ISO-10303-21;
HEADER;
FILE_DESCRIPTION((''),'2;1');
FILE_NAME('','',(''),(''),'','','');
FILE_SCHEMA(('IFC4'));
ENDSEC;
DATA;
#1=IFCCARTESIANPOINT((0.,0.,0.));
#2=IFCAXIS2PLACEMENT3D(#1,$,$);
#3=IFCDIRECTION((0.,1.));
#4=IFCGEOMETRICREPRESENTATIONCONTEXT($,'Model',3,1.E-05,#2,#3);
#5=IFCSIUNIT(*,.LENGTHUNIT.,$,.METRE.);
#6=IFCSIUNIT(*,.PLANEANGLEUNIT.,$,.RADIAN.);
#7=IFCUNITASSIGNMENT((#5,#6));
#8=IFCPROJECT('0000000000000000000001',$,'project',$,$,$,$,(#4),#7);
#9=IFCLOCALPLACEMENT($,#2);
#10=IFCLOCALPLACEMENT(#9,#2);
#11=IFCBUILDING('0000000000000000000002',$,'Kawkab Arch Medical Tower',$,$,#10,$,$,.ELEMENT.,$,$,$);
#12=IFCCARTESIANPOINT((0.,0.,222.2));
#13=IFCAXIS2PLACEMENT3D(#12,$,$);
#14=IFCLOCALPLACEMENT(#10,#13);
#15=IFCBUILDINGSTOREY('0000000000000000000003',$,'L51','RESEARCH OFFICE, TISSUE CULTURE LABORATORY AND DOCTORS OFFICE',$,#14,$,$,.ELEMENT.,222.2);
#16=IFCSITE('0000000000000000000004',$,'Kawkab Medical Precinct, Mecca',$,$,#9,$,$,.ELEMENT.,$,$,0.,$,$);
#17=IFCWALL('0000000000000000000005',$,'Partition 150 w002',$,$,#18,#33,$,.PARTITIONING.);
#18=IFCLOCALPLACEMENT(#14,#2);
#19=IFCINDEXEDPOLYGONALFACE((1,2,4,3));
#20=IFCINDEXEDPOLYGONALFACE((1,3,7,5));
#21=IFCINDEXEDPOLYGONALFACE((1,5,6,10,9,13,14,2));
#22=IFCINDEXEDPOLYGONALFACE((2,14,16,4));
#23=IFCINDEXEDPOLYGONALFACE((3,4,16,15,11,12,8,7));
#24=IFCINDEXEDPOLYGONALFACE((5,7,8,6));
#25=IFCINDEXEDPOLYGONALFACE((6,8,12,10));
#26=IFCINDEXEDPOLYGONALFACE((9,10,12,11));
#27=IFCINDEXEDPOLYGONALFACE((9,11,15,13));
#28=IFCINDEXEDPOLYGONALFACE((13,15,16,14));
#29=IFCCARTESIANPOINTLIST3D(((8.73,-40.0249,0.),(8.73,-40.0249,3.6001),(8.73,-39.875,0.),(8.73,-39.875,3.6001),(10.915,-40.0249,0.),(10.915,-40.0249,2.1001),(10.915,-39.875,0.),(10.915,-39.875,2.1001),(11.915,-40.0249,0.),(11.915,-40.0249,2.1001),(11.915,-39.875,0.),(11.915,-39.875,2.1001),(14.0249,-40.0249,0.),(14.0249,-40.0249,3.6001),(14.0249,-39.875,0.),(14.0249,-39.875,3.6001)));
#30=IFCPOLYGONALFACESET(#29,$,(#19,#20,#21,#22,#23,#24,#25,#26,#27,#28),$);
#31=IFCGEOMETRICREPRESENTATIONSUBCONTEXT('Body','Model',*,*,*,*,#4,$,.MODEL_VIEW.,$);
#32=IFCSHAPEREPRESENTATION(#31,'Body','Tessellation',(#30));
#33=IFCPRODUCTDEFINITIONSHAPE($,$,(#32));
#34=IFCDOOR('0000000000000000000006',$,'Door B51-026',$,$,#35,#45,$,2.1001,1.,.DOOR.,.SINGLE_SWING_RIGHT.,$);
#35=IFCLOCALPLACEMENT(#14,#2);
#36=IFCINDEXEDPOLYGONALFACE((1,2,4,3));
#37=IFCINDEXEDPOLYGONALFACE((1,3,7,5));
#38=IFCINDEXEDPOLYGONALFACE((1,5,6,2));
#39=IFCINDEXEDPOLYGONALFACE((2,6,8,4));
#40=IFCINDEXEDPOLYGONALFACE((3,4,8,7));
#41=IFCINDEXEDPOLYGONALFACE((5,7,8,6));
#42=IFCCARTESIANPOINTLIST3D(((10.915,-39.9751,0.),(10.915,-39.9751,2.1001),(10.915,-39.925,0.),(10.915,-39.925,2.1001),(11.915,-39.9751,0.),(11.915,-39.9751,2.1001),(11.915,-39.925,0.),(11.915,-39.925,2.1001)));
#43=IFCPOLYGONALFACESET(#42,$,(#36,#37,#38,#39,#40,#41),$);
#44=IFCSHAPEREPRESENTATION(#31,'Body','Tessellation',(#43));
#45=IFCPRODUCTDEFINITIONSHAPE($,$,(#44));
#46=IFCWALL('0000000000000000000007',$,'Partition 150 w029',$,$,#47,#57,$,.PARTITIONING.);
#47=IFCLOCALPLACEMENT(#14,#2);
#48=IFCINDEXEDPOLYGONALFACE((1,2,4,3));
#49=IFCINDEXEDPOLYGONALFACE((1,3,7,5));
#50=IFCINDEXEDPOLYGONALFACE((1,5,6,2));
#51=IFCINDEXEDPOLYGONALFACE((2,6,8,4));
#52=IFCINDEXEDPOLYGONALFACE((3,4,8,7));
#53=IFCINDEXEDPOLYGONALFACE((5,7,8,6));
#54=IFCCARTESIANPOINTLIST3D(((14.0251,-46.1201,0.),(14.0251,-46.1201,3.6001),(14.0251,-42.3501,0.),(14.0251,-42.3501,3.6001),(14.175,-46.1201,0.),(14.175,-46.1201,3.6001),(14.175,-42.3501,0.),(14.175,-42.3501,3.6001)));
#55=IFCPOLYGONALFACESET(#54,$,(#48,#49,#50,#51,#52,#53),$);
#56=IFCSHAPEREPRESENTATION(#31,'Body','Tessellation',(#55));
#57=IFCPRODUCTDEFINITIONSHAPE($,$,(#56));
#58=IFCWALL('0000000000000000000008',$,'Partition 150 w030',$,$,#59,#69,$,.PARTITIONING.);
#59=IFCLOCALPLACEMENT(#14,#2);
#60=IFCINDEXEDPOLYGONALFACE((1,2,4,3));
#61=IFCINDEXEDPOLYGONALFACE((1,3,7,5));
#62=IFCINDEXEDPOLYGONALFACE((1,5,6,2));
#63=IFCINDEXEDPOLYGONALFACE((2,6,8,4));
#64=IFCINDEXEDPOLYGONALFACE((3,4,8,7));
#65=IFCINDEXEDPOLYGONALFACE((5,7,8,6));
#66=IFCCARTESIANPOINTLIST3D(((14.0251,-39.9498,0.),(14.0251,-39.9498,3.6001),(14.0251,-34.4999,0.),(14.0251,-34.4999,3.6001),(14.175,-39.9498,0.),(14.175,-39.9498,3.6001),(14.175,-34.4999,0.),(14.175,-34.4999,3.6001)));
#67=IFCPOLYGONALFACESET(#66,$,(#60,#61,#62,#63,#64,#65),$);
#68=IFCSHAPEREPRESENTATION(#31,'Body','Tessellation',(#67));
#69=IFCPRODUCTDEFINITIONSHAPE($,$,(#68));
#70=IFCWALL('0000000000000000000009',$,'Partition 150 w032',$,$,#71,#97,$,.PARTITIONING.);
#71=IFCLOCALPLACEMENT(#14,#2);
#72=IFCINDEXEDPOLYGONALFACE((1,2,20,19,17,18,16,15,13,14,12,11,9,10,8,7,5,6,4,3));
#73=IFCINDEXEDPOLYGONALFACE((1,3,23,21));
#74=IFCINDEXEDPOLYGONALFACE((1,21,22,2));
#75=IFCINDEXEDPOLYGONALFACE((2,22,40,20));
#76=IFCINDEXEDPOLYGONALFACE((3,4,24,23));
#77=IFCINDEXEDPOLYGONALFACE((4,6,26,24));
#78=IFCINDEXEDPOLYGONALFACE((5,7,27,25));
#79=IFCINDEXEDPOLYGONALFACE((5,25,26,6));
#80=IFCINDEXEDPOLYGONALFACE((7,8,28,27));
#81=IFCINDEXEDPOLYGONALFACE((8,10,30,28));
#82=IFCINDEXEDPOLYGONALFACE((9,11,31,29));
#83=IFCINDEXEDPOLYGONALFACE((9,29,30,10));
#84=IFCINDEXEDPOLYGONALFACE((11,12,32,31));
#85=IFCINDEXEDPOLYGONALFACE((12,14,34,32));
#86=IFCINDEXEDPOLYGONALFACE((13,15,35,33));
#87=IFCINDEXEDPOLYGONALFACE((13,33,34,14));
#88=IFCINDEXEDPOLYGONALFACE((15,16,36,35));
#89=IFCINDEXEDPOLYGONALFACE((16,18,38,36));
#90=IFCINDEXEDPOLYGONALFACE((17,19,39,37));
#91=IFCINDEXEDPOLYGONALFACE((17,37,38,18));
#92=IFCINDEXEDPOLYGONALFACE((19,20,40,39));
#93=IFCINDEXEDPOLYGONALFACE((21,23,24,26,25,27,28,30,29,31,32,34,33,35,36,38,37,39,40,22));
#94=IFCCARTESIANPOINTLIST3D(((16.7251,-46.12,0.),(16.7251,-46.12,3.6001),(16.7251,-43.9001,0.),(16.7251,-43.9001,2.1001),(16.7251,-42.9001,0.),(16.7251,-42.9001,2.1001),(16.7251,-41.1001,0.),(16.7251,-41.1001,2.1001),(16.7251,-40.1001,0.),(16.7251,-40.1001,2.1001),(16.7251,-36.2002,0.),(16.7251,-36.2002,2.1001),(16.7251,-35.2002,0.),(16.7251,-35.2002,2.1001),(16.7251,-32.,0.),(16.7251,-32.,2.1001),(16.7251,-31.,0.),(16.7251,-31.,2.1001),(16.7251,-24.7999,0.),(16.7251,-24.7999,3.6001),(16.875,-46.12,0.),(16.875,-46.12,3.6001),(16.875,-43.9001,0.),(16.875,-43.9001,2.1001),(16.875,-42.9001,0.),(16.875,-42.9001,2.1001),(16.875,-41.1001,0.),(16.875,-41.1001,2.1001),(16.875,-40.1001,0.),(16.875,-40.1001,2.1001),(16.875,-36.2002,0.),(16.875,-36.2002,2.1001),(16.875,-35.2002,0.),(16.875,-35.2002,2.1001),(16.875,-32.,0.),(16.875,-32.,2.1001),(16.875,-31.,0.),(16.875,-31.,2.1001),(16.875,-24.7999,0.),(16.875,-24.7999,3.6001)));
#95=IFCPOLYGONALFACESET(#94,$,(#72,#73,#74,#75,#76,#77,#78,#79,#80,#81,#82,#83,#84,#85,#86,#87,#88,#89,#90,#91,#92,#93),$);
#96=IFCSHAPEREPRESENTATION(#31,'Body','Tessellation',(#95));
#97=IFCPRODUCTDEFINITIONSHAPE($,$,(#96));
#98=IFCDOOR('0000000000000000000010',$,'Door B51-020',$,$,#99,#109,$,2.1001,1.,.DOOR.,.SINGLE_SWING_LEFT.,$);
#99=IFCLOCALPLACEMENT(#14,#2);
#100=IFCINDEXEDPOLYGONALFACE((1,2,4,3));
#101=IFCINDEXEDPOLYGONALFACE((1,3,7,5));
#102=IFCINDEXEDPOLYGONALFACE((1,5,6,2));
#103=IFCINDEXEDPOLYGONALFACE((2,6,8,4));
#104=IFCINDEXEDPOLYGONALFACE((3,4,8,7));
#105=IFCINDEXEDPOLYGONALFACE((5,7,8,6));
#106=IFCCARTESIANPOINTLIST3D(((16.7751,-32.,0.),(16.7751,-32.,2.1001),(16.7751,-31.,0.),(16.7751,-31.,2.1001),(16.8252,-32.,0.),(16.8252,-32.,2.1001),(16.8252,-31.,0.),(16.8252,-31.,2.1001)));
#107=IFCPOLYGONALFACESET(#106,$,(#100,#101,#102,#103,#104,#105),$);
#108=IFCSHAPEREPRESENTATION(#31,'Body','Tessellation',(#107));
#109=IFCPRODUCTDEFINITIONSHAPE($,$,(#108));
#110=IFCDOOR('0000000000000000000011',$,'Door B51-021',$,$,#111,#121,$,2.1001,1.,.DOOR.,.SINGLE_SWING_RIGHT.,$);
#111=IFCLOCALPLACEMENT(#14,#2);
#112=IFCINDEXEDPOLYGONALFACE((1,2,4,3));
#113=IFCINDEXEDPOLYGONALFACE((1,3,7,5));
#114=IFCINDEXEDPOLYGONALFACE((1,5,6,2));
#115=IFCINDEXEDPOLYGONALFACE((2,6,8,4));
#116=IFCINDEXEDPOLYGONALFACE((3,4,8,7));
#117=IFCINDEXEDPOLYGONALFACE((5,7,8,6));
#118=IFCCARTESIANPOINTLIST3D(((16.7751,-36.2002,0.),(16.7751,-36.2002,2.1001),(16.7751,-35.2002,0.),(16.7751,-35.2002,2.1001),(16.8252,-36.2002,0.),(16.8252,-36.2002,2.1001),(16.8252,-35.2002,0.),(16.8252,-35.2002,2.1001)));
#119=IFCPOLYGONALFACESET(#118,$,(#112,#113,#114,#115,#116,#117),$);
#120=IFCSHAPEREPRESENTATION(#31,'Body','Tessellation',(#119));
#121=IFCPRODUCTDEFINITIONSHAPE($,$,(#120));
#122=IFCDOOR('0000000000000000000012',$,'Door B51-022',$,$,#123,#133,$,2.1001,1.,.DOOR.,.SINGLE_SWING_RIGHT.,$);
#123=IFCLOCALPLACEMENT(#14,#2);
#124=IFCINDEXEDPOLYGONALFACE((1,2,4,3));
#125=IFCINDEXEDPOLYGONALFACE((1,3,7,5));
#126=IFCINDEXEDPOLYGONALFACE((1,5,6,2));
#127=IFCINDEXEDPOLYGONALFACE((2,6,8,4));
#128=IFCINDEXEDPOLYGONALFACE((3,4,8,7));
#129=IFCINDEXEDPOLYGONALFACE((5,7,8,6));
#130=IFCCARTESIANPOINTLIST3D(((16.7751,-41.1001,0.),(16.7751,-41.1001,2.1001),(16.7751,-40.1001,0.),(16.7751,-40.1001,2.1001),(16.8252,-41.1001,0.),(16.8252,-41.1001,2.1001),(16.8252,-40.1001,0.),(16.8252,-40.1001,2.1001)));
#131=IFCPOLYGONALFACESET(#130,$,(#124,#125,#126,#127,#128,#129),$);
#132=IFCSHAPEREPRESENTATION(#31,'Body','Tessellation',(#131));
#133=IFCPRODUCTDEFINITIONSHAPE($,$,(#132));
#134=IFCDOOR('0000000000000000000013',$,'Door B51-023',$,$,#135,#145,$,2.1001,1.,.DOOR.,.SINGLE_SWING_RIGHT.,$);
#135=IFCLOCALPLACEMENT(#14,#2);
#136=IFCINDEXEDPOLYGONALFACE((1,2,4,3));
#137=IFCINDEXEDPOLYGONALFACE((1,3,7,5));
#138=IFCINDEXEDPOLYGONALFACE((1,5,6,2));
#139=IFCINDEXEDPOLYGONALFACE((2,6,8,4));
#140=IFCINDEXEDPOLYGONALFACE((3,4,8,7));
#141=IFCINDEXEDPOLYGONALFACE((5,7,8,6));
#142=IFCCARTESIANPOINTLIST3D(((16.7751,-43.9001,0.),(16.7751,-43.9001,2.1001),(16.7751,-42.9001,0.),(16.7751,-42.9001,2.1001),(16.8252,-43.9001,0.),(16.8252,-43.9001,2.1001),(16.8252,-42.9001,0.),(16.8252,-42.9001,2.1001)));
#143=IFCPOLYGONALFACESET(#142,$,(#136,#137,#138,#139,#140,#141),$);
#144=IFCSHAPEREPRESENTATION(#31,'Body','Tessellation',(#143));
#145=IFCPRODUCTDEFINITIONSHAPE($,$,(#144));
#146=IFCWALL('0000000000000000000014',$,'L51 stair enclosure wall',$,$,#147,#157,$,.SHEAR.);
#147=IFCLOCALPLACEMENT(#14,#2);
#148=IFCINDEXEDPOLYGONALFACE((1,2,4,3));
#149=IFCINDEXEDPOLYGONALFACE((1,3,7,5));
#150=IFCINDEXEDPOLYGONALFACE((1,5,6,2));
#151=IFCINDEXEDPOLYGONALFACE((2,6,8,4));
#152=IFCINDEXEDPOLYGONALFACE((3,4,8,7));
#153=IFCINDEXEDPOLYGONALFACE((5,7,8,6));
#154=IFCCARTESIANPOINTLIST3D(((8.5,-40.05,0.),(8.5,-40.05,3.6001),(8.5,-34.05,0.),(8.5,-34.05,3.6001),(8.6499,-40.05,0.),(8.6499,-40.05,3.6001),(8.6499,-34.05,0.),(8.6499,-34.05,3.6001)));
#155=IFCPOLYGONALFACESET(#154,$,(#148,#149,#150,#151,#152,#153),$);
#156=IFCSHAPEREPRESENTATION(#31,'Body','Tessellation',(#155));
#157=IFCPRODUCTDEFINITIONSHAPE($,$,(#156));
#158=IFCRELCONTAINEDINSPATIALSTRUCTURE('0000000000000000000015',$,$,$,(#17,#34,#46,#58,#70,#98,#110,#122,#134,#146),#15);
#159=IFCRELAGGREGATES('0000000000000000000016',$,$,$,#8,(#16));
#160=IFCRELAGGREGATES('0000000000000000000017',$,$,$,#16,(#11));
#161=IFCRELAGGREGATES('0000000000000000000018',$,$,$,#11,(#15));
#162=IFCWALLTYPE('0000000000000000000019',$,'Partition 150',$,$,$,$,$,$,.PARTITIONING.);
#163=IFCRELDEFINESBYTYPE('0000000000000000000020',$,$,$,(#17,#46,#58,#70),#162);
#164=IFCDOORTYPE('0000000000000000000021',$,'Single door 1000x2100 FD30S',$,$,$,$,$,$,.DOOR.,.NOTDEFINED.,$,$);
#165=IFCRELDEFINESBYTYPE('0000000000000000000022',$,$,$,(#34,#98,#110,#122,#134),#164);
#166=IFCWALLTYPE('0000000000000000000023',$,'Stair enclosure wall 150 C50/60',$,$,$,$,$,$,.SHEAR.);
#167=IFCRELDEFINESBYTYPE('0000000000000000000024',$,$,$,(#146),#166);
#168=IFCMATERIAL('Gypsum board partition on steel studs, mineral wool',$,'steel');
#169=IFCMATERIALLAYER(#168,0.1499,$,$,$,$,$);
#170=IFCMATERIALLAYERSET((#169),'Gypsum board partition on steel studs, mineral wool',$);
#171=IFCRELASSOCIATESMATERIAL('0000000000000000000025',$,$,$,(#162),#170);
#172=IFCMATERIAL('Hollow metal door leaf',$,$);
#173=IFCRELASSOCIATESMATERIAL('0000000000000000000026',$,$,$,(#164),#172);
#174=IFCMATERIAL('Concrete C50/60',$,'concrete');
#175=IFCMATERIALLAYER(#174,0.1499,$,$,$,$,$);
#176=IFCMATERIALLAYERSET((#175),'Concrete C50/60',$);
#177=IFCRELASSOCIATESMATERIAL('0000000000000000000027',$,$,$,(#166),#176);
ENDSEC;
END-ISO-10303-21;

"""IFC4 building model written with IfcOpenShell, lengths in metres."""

from ifc_helpers import new_model, si_unit, direction, frame, frame_2d, origin, place, context, subcontext, project, spatial, rectangle, extrude, material, layer, layer_set, type_object, element, fill, save


model = new_model("IFC4")

# Units and contexts
model_context = context("Model", 3, precision=1e-05, world=origin(), true_north=direction((0.0, 1.0)))
body_context = subcontext(model_context, "Body", "Model", "MODEL_VIEW")
ifc_project = project(units=[si_unit("LENGTHUNIT", "METRE"), si_unit("PLANEANGLEUNIT", "RADIAN")], contexts=[model_context])

# Site, building, storey
site_placement = place(None, origin())
site = spatial("IfcSite", under=ifc_project, at=site_placement, Name="Kawkab Medical Precinct, Mecca", CompositionType="ELEMENT", RefElevation=0.0)
building_placement = place(site_placement, origin())
building = spatial("IfcBuilding", under=site, at=building_placement, Name="Kawkab Arch Medical Tower", CompositionType="ELEMENT")
storey_placement = place(building_placement, frame((0.0, 0.0, 222.2)))
storey = spatial("IfcBuildingStorey", under=building, at=storey_placement, Name="L51", Description="RESEARCH OFFICE, TISSUE CULTURE LABORATORY AND DOCTORS OFFICE", CompositionType="ELEMENT", Elevation=222.2)

# Wall, opening, door
ifc_material_1 = material(Name="Gypsum board partition on steel studs, mineral wool", Category="steel")
ifc_layer_1 = layer(ifc_material_1, 0.1499)
ifc_layer_set_1 = layer_set([ifc_layer_1], Name="Gypsum board partition on steel studs, mineral wool")
wall_type_1 = type_object("IfcWallType", Name="Partition 150", PredefinedType="PARTITIONING", material=ifc_layer_set_1)
wall_1_placement = place(storey_placement, frame((8.73, -39.95, 0.0), z_axis=(0.0, 0.0, 1.0), x_axis=(1.0, 0.0, 0.0)))
wall_1 = element("IfcWall", 1, at=wall_1_placement, inside=storey, type_object=wall_type_1, Name="Partition 150 w002", PredefinedType="PARTITIONING", context=body_context, shape_type="SweptSolid", body=[
    extrude(rectangle(XDim=5.2949, YDim=0.1499, at=frame_2d((2.6475, 0.0))), origin(), (0.0, 0.0, 1.0), 3.6001),
])
opening_1_placement = place(wall_1_placement, frame((2.1851, 0.0, 0.0)))
opening_1 = element("IfcOpeningElement", 2, at=opening_1_placement, cuts=wall_1, PredefinedType="OPENING", context=body_context, shape_type="SweptSolid", body=[
    extrude(rectangle(XDim=1.0, YDim=2.1001, at=frame_2d((0.5, 1.05))), frame((0.0, 0.085, 0.0), z_axis=(0.0, -1.0, 0.0), x_axis=(1.0, 0.0, 0.0)), (0.0, 0.0, 1.0), 0.1699),
])
ifc_material_2 = material(Name="Hollow metal door leaf")
door_type = type_object("IfcDoorType", Name="Single door 1000x2100 FD30S", OperationType="NOTDEFINED", PredefinedType="DOOR", material=ifc_material_2)
door_1_placement = place(opening_1_placement, origin())
door_1 = element("IfcDoor", 3, at=door_1_placement, inside=storey, type_object=door_type, Name="Door B51-026", OperationType="SINGLE_SWING_RIGHT", OverallHeight=2.1001, OverallWidth=1.0, PredefinedType="DOOR", context=body_context, shape_type="SweptSolid", body=[
    extrude(rectangle(XDim=1.0, YDim=2.1001, at=frame_2d((0.5, 1.05))), frame((0.0, 0.0249, 0.0), z_axis=(0.0, -1.0, 0.0), x_axis=(1.0, 0.0, 0.0)), (0.0, 0.0, 1.0), 0.05),
])
fill(opening_1, door_1)

# Walls
wall_2_placement = place(storey_placement, frame((14.1001, -46.1201, 0.0), z_axis=(0.0, 0.0, 1.0), x_axis=(0.0, 1.0, 0.0)))
element("IfcWall", 4, at=wall_2_placement, inside=storey, type_object=wall_type_1, Name="Partition 150 w029", PredefinedType="PARTITIONING", context=body_context, shape_type="SweptSolid", body=[
    extrude(rectangle(XDim=3.77, YDim=0.1499, at=frame_2d((1.885, 0.0))), origin(), (0.0, 0.0, 1.0), 3.6001),
])
wall_3_placement = place(storey_placement, frame((14.1001, -39.95, 0.0), z_axis=(0.0, 0.0, 1.0), x_axis=(0.0, 1.0, 0.0)))
element("IfcWall", 5, at=wall_3_placement, inside=storey, type_object=wall_type_1, Name="Partition 150 w030", PredefinedType="PARTITIONING", context=body_context, shape_type="SweptSolid", body=[
    extrude(rectangle(XDim=5.45, YDim=0.1499, at=frame_2d((2.7251, 0.0))), origin(), (0.0, 0.0, 1.0), 3.6001),
])

# Wall, openings, doors
wall_4_placement = place(storey_placement, frame((16.8, -46.1201, 0.0), z_axis=(0.0, 0.0, 1.0), x_axis=(0.0, 1.0, 0.0)))
wall_4 = element("IfcWall", 6, at=wall_4_placement, inside=storey, type_object=wall_type_1, Name="Partition 150 w032", PredefinedType="PARTITIONING", context=body_context, shape_type="SweptSolid", body=[
    extrude(rectangle(XDim=21.3201, YDim=0.1499, at=frame_2d((10.6602, 0.0))), origin(), (0.0, 0.0, 1.0), 3.6001),
])
opening_2_placement = place(wall_4_placement, frame((14.1201, 0.0, 0.0)))
opening_2 = element("IfcOpeningElement", 7, at=opening_2_placement, cuts=wall_4, PredefinedType="OPENING", context=body_context, shape_type="SweptSolid", body=[
    extrude(rectangle(XDim=1.0, YDim=2.1001, at=frame_2d((0.5, 1.05))), frame((0.0, 0.085, 0.0), z_axis=(0.0, -1.0, 0.0), x_axis=(1.0, 0.0, 0.0)), (0.0, 0.0, 1.0), 0.1699),
])
opening_3_placement = place(wall_4_placement, frame((9.9199, 0.0, 0.0)))
opening_3 = element("IfcOpeningElement", 8, at=opening_3_placement, cuts=wall_4, PredefinedType="OPENING", context=body_context, shape_type="SweptSolid", body=[
    extrude(rectangle(XDim=1.0, YDim=2.1001, at=frame_2d((0.5, 1.05))), frame((0.0, 0.085, 0.0), z_axis=(0.0, -1.0, 0.0), x_axis=(1.0, 0.0, 0.0)), (0.0, 0.0, 1.0), 0.1699),
])
opening_4_placement = place(wall_4_placement, frame((5.02, 0.0, 0.0)))
opening_4 = element("IfcOpeningElement", 9, at=opening_4_placement, cuts=wall_4, PredefinedType="OPENING", context=body_context, shape_type="SweptSolid", body=[
    extrude(rectangle(XDim=1.0, YDim=2.1001, at=frame_2d((0.5, 1.05))), frame((0.0, 0.085, 0.0), z_axis=(0.0, -1.0, 0.0), x_axis=(1.0, 0.0, 0.0)), (0.0, 0.0, 1.0), 0.1699),
])
opening_5_placement = place(wall_4_placement, frame((2.22, 0.0, 0.0)))
opening_5 = element("IfcOpeningElement", 10, at=opening_5_placement, cuts=wall_4, PredefinedType="OPENING", context=body_context, shape_type="SweptSolid", body=[
    extrude(rectangle(XDim=1.0, YDim=2.1001, at=frame_2d((0.5, 1.05))), frame((0.0, 0.085, 0.0), z_axis=(0.0, -1.0, 0.0), x_axis=(1.0, 0.0, 0.0)), (0.0, 0.0, 1.0), 0.1699),
])
door_2_placement = place(opening_2_placement, origin())
door_2 = element("IfcDoor", 11, at=door_2_placement, inside=storey, type_object=door_type, Name="Door B51-020", OperationType="SINGLE_SWING_LEFT", OverallHeight=2.1001, OverallWidth=1.0, PredefinedType="DOOR", context=body_context, shape_type="SweptSolid", body=[
    extrude(rectangle(XDim=1.0, YDim=2.1001, at=frame_2d((0.5, 1.05))), frame((0.0, 0.0249, 0.0), z_axis=(0.0, -1.0, 0.0), x_axis=(1.0, 0.0, 0.0)), (0.0, 0.0, 1.0), 0.05),
])
fill(opening_2, door_2)
door_3_placement = place(opening_3_placement, origin())
door_3 = element("IfcDoor", 12, at=door_3_placement, inside=storey, type_object=door_type, Name="Door B51-021", OperationType="SINGLE_SWING_RIGHT", OverallHeight=2.1001, OverallWidth=1.0, PredefinedType="DOOR", context=body_context, shape_type="SweptSolid", body=[
    extrude(rectangle(XDim=1.0, YDim=2.1001, at=frame_2d((0.5, 1.05))), frame((0.0, 0.0249, 0.0), z_axis=(0.0, -1.0, 0.0), x_axis=(1.0, 0.0, 0.0)), (0.0, 0.0, 1.0), 0.05),
])
fill(opening_3, door_3)
door_4_placement = place(opening_4_placement, origin())
door_4 = element("IfcDoor", 13, at=door_4_placement, inside=storey, type_object=door_type, Name="Door B51-022", OperationType="SINGLE_SWING_RIGHT", OverallHeight=2.1001, OverallWidth=1.0, PredefinedType="DOOR", context=body_context, shape_type="SweptSolid", body=[
    extrude(rectangle(XDim=1.0, YDim=2.1001, at=frame_2d((0.5, 1.05))), frame((0.0, 0.0249, 0.0), z_axis=(0.0, -1.0, 0.0), x_axis=(1.0, 0.0, 0.0)), (0.0, 0.0, 1.0), 0.05),
])
fill(opening_4, door_4)
door_5_placement = place(opening_5_placement, origin())
door_5 = element("IfcDoor", 14, at=door_5_placement, inside=storey, type_object=door_type, Name="Door B51-023", OperationType="SINGLE_SWING_RIGHT", OverallHeight=2.1001, OverallWidth=1.0, PredefinedType="DOOR", context=body_context, shape_type="SweptSolid", body=[
    extrude(rectangle(XDim=1.0, YDim=2.1001, at=frame_2d((0.5, 1.05))), frame((0.0, 0.0249, 0.0), z_axis=(0.0, -1.0, 0.0), x_axis=(1.0, 0.0, 0.0)), (0.0, 0.0, 1.0), 0.05),
])
fill(opening_5, door_5)

# Wall
ifc_material_3 = material(Name="Concrete C50/60", Category="concrete")
ifc_layer_2 = layer(ifc_material_3, 0.1499)
ifc_layer_set_2 = layer_set([ifc_layer_2], Name="Concrete C50/60")
wall_type_2 = type_object("IfcWallType", Name="Stair enclosure wall 150 C50/60", PredefinedType="SHEAR", material=ifc_layer_set_2)
wall_5_placement = place(storey_placement, frame((8.575, -40.05, 0.0), z_axis=(0.0, 0.0, 1.0), x_axis=(0.0, 1.0, 0.0)))
element("IfcWall", 15, at=wall_5_placement, inside=storey, type_object=wall_type_2, Name="L51 stair enclosure wall", PredefinedType="SHEAR", context=body_context, shape_type="SweptSolid", body=[
    extrude(rectangle(XDim=6.0, YDim=0.1499, at=frame_2d((3.0, 0.0))), origin(), (0.0, 0.0, 1.0), 3.6001),
])

save(model, "model.ifc")
